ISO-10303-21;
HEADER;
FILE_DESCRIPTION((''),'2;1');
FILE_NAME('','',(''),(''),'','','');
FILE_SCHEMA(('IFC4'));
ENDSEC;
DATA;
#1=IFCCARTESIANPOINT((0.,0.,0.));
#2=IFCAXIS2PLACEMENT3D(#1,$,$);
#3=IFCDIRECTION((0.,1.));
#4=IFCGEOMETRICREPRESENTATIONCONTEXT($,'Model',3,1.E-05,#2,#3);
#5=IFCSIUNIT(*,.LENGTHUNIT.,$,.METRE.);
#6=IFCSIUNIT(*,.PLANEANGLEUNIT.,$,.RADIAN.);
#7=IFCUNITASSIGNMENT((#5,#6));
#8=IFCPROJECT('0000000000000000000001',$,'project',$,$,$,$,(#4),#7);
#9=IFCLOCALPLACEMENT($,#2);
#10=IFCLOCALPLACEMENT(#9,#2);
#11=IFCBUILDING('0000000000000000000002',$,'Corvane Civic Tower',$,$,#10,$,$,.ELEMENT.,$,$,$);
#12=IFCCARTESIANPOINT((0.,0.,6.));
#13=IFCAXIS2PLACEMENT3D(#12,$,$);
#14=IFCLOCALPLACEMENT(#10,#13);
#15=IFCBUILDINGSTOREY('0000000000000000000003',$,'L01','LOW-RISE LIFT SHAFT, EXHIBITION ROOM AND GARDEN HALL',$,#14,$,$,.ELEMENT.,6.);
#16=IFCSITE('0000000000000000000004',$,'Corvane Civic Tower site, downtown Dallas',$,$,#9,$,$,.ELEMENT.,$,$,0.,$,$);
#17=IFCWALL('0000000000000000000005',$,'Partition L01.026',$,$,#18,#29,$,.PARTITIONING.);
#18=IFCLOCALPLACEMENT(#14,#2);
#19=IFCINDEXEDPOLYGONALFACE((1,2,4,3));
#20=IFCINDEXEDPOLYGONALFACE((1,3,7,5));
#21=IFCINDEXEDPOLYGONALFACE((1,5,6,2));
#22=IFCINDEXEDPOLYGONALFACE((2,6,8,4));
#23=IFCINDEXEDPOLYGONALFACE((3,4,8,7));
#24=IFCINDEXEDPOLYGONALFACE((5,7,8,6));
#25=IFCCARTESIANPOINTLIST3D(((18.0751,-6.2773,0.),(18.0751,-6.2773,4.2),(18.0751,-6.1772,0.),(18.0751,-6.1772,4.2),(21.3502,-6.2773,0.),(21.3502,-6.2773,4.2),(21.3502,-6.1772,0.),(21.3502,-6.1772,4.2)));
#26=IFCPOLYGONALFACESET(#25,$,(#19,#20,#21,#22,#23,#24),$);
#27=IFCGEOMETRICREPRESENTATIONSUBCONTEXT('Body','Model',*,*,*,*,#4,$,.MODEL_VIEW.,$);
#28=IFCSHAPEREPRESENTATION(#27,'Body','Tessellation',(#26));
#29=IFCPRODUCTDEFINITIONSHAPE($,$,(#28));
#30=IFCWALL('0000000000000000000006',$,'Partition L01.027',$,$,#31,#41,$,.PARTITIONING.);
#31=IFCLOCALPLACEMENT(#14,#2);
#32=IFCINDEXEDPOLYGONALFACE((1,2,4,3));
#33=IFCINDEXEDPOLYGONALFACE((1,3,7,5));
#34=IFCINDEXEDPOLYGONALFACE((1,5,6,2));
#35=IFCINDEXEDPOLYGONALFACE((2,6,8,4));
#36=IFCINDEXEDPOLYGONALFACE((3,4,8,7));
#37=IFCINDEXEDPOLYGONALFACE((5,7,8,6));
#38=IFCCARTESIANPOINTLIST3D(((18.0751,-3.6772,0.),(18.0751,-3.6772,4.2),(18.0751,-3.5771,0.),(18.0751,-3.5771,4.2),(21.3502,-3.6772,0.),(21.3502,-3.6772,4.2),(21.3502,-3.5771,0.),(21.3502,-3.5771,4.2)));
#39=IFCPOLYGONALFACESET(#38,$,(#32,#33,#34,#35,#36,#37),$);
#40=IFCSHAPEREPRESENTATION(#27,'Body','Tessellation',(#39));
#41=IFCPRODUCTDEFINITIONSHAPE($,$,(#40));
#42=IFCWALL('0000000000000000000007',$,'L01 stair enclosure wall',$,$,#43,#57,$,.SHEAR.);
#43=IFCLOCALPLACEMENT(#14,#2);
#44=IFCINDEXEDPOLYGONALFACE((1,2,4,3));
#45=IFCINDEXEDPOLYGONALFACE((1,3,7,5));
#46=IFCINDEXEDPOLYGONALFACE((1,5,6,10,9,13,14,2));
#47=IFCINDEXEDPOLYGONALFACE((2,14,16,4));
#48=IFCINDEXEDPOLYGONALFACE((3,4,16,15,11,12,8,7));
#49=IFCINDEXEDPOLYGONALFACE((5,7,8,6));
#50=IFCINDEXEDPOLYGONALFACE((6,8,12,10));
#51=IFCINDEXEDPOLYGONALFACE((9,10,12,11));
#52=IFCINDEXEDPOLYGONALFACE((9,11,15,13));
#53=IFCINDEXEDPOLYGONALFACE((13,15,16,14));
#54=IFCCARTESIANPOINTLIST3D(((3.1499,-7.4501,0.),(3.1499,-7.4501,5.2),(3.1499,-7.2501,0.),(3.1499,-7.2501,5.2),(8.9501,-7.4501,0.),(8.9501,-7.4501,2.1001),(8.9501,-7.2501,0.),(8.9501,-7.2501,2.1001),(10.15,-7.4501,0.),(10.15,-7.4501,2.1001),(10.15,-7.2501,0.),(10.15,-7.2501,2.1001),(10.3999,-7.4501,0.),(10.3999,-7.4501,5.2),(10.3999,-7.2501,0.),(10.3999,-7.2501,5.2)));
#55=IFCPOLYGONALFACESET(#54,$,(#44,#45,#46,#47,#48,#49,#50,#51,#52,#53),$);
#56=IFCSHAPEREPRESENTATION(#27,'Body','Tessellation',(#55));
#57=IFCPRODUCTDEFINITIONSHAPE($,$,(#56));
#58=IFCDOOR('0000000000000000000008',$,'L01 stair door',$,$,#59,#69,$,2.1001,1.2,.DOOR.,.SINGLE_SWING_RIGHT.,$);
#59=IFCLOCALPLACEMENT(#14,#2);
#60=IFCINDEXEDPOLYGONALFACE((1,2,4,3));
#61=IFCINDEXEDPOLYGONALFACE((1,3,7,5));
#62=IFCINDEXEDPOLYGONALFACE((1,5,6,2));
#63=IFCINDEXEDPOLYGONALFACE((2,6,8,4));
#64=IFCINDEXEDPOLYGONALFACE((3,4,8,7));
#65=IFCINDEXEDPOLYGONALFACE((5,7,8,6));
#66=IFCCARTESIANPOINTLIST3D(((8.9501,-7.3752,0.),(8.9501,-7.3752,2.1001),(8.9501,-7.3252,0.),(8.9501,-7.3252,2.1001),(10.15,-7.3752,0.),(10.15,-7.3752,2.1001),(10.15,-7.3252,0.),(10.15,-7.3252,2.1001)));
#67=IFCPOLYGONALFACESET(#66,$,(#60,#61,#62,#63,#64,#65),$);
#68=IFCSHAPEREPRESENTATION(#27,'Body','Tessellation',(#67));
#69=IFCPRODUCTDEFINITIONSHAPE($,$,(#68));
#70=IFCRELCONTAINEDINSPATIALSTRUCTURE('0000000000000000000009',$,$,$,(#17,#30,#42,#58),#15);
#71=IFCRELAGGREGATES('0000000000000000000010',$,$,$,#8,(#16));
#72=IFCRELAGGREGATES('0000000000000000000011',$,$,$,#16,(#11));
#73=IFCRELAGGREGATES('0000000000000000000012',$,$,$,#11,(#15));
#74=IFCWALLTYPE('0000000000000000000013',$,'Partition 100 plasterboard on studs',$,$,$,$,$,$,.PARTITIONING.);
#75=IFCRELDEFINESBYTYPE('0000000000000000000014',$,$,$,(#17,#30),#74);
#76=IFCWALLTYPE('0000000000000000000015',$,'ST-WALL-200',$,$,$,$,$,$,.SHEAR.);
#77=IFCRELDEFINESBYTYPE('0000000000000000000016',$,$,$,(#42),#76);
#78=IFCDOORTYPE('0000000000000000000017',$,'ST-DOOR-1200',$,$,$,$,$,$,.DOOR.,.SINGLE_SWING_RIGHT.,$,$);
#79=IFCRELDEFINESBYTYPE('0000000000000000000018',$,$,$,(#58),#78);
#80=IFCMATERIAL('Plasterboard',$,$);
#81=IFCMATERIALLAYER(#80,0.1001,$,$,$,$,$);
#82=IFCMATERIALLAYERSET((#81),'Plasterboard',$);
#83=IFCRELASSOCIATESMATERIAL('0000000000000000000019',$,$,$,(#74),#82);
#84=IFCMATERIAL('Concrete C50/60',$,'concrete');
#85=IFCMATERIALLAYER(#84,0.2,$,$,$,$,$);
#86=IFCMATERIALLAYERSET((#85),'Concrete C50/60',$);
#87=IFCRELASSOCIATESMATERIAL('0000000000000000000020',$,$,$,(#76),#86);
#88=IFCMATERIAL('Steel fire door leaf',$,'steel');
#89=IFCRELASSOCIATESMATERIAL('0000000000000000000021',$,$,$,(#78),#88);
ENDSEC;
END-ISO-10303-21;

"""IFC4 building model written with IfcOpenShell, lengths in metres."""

from ifc_helpers import new_model, si_unit, direction, frame, frame_2d, origin, place, context, subcontext, project, spatial, rectangle, extrude, material, layer, layer_set, type_object, element, fill, save


model = new_model("IFC4")

# Units and contexts
model_context = context("Model", 3, precision=1e-05, world=origin(), true_north=direction((0.0, 1.0)))
body_context = subcontext(model_context, "Body", "Model", "MODEL_VIEW")
ifc_project = project(units=[si_unit("LENGTHUNIT", "METRE"), si_unit("PLANEANGLEUNIT", "RADIAN")], contexts=[model_context])

# Site, building, storey
site_placement = place(None, origin())
site = spatial("IfcSite", under=ifc_project, at=site_placement, Name="Corvane Civic Tower site, downtown Dallas", CompositionType="ELEMENT", RefElevation=0.0)
building_placement = place(site_placement, origin())
building = spatial("IfcBuilding", under=site, at=building_placement, Name="Corvane Civic Tower", CompositionType="ELEMENT")
storey_placement = place(building_placement, frame((0.0, 0.0, 6.0)))
storey = spatial("IfcBuildingStorey", under=building, at=storey_placement, Name="L01", Description="LOW-RISE LIFT SHAFT, EXHIBITION ROOM AND GARDEN HALL", CompositionType="ELEMENT", Elevation=6.0)

# Walls
ifc_material_1 = material(Name="Plasterboard")
ifc_layer_1 = layer(ifc_material_1, 0.1001)
ifc_layer_set_1 = layer_set([ifc_layer_1], Name="Plasterboard")
wall_type_1 = type_object("IfcWallType", Name="Partition 100 plasterboard on studs", PredefinedType="PARTITIONING", material=ifc_layer_set_1)
for number, where, z_axis, x_axis, name in (
    (1, (18.075, -6.2273, 0.0), (0.0, 0.0, 1.0), (1.0, 0.0, 0.0), "Partition L01.026"),
    (2, (18.075, -3.6272, 0.0), (0.0, 0.0, 1.0), (1.0, 0.0, 0.0), "Partition L01.027"),
):
    element("IfcWall", number, at=place(storey_placement, frame(where, z_axis=z_axis, x_axis=x_axis)), inside=storey, type_object=wall_type_1, Name=name, PredefinedType="PARTITIONING", context=body_context, shape_type="SweptSolid", body=[
        extrude(rectangle(XDim=3.2751, YDim=0.1001, at=frame_2d((1.6377, 0.0))), origin(), (0.0, 0.0, 1.0), 4.2),
    ])

# Wall, opening, door
ifc_material_2 = material(Name="Concrete C50/60", Category="concrete")
ifc_layer_2 = layer(ifc_material_2, 0.2)
ifc_layer_set_2 = layer_set([ifc_layer_2], Name="Concrete C50/60")
wall_type_2 = type_object("IfcWallType", Name="ST-WALL-200", PredefinedType="SHEAR", material=ifc_layer_set_2)
wall_1_placement = place(storey_placement, frame((3.1499, -7.3501, 0.0), z_axis=(0.0, 0.0, 1.0), x_axis=(1.0, 0.0, 0.0)))
wall_1 = element("IfcWall", 3, at=wall_1_placement, inside=storey, type_object=wall_type_2, Name="L01 stair enclosure wall", PredefinedType="SHEAR", context=body_context, shape_type="SweptSolid", body=[
    extrude(rectangle(XDim=7.25, YDim=0.2, at=frame_2d((3.625, 0.0))), origin(), (0.0, 0.0, 1.0), 5.2),
])
opening_1_placement = place(wall_1_placement, frame((5.8, 0.0, 0.0)))
opening_1 = element("IfcOpeningElement", 4, at=opening_1_placement, cuts=wall_1, PredefinedType="OPENING", context=body_context, shape_type="SweptSolid", body=[
    extrude(rectangle(XDim=1.2, YDim=2.1001, at=frame_2d((0.6001, 1.05))), frame((0.0, 0.1099, 0.0), z_axis=(0.0, -1.0, 0.0), x_axis=(1.0, 0.0, 0.0)), (0.0, 0.0, 1.0), 0.22),
])
ifc_material_3 = material(Name="Steel fire door leaf", Category="steel")
door_type_1 = type_object("IfcDoorType", Name="ST-DOOR-1200", OperationType="SINGLE_SWING_RIGHT", PredefinedType="DOOR", material=ifc_material_3)
door_1_placement = place(opening_1_placement, origin())
door_1 = element("IfcDoor", 5, at=door_1_placement, inside=storey, type_object=door_type_1, Name="L01 stair door", OperationType="SINGLE_SWING_RIGHT", OverallHeight=2.1001, OverallWidth=1.2, PredefinedType="DOOR", context=body_context, shape_type="SweptSolid", body=[
    extrude(rectangle(XDim=1.2, YDim=2.1001, at=frame_2d((0.6001, 1.05))), frame((0.0, 0.0249, 0.0), z_axis=(0.0, -1.0, 0.0), x_axis=(1.0, 0.0, 0.0)), (0.0, 0.0, 1.0), 0.05),
])
fill(opening_1, door_1)

save(model, "model.ifc")
